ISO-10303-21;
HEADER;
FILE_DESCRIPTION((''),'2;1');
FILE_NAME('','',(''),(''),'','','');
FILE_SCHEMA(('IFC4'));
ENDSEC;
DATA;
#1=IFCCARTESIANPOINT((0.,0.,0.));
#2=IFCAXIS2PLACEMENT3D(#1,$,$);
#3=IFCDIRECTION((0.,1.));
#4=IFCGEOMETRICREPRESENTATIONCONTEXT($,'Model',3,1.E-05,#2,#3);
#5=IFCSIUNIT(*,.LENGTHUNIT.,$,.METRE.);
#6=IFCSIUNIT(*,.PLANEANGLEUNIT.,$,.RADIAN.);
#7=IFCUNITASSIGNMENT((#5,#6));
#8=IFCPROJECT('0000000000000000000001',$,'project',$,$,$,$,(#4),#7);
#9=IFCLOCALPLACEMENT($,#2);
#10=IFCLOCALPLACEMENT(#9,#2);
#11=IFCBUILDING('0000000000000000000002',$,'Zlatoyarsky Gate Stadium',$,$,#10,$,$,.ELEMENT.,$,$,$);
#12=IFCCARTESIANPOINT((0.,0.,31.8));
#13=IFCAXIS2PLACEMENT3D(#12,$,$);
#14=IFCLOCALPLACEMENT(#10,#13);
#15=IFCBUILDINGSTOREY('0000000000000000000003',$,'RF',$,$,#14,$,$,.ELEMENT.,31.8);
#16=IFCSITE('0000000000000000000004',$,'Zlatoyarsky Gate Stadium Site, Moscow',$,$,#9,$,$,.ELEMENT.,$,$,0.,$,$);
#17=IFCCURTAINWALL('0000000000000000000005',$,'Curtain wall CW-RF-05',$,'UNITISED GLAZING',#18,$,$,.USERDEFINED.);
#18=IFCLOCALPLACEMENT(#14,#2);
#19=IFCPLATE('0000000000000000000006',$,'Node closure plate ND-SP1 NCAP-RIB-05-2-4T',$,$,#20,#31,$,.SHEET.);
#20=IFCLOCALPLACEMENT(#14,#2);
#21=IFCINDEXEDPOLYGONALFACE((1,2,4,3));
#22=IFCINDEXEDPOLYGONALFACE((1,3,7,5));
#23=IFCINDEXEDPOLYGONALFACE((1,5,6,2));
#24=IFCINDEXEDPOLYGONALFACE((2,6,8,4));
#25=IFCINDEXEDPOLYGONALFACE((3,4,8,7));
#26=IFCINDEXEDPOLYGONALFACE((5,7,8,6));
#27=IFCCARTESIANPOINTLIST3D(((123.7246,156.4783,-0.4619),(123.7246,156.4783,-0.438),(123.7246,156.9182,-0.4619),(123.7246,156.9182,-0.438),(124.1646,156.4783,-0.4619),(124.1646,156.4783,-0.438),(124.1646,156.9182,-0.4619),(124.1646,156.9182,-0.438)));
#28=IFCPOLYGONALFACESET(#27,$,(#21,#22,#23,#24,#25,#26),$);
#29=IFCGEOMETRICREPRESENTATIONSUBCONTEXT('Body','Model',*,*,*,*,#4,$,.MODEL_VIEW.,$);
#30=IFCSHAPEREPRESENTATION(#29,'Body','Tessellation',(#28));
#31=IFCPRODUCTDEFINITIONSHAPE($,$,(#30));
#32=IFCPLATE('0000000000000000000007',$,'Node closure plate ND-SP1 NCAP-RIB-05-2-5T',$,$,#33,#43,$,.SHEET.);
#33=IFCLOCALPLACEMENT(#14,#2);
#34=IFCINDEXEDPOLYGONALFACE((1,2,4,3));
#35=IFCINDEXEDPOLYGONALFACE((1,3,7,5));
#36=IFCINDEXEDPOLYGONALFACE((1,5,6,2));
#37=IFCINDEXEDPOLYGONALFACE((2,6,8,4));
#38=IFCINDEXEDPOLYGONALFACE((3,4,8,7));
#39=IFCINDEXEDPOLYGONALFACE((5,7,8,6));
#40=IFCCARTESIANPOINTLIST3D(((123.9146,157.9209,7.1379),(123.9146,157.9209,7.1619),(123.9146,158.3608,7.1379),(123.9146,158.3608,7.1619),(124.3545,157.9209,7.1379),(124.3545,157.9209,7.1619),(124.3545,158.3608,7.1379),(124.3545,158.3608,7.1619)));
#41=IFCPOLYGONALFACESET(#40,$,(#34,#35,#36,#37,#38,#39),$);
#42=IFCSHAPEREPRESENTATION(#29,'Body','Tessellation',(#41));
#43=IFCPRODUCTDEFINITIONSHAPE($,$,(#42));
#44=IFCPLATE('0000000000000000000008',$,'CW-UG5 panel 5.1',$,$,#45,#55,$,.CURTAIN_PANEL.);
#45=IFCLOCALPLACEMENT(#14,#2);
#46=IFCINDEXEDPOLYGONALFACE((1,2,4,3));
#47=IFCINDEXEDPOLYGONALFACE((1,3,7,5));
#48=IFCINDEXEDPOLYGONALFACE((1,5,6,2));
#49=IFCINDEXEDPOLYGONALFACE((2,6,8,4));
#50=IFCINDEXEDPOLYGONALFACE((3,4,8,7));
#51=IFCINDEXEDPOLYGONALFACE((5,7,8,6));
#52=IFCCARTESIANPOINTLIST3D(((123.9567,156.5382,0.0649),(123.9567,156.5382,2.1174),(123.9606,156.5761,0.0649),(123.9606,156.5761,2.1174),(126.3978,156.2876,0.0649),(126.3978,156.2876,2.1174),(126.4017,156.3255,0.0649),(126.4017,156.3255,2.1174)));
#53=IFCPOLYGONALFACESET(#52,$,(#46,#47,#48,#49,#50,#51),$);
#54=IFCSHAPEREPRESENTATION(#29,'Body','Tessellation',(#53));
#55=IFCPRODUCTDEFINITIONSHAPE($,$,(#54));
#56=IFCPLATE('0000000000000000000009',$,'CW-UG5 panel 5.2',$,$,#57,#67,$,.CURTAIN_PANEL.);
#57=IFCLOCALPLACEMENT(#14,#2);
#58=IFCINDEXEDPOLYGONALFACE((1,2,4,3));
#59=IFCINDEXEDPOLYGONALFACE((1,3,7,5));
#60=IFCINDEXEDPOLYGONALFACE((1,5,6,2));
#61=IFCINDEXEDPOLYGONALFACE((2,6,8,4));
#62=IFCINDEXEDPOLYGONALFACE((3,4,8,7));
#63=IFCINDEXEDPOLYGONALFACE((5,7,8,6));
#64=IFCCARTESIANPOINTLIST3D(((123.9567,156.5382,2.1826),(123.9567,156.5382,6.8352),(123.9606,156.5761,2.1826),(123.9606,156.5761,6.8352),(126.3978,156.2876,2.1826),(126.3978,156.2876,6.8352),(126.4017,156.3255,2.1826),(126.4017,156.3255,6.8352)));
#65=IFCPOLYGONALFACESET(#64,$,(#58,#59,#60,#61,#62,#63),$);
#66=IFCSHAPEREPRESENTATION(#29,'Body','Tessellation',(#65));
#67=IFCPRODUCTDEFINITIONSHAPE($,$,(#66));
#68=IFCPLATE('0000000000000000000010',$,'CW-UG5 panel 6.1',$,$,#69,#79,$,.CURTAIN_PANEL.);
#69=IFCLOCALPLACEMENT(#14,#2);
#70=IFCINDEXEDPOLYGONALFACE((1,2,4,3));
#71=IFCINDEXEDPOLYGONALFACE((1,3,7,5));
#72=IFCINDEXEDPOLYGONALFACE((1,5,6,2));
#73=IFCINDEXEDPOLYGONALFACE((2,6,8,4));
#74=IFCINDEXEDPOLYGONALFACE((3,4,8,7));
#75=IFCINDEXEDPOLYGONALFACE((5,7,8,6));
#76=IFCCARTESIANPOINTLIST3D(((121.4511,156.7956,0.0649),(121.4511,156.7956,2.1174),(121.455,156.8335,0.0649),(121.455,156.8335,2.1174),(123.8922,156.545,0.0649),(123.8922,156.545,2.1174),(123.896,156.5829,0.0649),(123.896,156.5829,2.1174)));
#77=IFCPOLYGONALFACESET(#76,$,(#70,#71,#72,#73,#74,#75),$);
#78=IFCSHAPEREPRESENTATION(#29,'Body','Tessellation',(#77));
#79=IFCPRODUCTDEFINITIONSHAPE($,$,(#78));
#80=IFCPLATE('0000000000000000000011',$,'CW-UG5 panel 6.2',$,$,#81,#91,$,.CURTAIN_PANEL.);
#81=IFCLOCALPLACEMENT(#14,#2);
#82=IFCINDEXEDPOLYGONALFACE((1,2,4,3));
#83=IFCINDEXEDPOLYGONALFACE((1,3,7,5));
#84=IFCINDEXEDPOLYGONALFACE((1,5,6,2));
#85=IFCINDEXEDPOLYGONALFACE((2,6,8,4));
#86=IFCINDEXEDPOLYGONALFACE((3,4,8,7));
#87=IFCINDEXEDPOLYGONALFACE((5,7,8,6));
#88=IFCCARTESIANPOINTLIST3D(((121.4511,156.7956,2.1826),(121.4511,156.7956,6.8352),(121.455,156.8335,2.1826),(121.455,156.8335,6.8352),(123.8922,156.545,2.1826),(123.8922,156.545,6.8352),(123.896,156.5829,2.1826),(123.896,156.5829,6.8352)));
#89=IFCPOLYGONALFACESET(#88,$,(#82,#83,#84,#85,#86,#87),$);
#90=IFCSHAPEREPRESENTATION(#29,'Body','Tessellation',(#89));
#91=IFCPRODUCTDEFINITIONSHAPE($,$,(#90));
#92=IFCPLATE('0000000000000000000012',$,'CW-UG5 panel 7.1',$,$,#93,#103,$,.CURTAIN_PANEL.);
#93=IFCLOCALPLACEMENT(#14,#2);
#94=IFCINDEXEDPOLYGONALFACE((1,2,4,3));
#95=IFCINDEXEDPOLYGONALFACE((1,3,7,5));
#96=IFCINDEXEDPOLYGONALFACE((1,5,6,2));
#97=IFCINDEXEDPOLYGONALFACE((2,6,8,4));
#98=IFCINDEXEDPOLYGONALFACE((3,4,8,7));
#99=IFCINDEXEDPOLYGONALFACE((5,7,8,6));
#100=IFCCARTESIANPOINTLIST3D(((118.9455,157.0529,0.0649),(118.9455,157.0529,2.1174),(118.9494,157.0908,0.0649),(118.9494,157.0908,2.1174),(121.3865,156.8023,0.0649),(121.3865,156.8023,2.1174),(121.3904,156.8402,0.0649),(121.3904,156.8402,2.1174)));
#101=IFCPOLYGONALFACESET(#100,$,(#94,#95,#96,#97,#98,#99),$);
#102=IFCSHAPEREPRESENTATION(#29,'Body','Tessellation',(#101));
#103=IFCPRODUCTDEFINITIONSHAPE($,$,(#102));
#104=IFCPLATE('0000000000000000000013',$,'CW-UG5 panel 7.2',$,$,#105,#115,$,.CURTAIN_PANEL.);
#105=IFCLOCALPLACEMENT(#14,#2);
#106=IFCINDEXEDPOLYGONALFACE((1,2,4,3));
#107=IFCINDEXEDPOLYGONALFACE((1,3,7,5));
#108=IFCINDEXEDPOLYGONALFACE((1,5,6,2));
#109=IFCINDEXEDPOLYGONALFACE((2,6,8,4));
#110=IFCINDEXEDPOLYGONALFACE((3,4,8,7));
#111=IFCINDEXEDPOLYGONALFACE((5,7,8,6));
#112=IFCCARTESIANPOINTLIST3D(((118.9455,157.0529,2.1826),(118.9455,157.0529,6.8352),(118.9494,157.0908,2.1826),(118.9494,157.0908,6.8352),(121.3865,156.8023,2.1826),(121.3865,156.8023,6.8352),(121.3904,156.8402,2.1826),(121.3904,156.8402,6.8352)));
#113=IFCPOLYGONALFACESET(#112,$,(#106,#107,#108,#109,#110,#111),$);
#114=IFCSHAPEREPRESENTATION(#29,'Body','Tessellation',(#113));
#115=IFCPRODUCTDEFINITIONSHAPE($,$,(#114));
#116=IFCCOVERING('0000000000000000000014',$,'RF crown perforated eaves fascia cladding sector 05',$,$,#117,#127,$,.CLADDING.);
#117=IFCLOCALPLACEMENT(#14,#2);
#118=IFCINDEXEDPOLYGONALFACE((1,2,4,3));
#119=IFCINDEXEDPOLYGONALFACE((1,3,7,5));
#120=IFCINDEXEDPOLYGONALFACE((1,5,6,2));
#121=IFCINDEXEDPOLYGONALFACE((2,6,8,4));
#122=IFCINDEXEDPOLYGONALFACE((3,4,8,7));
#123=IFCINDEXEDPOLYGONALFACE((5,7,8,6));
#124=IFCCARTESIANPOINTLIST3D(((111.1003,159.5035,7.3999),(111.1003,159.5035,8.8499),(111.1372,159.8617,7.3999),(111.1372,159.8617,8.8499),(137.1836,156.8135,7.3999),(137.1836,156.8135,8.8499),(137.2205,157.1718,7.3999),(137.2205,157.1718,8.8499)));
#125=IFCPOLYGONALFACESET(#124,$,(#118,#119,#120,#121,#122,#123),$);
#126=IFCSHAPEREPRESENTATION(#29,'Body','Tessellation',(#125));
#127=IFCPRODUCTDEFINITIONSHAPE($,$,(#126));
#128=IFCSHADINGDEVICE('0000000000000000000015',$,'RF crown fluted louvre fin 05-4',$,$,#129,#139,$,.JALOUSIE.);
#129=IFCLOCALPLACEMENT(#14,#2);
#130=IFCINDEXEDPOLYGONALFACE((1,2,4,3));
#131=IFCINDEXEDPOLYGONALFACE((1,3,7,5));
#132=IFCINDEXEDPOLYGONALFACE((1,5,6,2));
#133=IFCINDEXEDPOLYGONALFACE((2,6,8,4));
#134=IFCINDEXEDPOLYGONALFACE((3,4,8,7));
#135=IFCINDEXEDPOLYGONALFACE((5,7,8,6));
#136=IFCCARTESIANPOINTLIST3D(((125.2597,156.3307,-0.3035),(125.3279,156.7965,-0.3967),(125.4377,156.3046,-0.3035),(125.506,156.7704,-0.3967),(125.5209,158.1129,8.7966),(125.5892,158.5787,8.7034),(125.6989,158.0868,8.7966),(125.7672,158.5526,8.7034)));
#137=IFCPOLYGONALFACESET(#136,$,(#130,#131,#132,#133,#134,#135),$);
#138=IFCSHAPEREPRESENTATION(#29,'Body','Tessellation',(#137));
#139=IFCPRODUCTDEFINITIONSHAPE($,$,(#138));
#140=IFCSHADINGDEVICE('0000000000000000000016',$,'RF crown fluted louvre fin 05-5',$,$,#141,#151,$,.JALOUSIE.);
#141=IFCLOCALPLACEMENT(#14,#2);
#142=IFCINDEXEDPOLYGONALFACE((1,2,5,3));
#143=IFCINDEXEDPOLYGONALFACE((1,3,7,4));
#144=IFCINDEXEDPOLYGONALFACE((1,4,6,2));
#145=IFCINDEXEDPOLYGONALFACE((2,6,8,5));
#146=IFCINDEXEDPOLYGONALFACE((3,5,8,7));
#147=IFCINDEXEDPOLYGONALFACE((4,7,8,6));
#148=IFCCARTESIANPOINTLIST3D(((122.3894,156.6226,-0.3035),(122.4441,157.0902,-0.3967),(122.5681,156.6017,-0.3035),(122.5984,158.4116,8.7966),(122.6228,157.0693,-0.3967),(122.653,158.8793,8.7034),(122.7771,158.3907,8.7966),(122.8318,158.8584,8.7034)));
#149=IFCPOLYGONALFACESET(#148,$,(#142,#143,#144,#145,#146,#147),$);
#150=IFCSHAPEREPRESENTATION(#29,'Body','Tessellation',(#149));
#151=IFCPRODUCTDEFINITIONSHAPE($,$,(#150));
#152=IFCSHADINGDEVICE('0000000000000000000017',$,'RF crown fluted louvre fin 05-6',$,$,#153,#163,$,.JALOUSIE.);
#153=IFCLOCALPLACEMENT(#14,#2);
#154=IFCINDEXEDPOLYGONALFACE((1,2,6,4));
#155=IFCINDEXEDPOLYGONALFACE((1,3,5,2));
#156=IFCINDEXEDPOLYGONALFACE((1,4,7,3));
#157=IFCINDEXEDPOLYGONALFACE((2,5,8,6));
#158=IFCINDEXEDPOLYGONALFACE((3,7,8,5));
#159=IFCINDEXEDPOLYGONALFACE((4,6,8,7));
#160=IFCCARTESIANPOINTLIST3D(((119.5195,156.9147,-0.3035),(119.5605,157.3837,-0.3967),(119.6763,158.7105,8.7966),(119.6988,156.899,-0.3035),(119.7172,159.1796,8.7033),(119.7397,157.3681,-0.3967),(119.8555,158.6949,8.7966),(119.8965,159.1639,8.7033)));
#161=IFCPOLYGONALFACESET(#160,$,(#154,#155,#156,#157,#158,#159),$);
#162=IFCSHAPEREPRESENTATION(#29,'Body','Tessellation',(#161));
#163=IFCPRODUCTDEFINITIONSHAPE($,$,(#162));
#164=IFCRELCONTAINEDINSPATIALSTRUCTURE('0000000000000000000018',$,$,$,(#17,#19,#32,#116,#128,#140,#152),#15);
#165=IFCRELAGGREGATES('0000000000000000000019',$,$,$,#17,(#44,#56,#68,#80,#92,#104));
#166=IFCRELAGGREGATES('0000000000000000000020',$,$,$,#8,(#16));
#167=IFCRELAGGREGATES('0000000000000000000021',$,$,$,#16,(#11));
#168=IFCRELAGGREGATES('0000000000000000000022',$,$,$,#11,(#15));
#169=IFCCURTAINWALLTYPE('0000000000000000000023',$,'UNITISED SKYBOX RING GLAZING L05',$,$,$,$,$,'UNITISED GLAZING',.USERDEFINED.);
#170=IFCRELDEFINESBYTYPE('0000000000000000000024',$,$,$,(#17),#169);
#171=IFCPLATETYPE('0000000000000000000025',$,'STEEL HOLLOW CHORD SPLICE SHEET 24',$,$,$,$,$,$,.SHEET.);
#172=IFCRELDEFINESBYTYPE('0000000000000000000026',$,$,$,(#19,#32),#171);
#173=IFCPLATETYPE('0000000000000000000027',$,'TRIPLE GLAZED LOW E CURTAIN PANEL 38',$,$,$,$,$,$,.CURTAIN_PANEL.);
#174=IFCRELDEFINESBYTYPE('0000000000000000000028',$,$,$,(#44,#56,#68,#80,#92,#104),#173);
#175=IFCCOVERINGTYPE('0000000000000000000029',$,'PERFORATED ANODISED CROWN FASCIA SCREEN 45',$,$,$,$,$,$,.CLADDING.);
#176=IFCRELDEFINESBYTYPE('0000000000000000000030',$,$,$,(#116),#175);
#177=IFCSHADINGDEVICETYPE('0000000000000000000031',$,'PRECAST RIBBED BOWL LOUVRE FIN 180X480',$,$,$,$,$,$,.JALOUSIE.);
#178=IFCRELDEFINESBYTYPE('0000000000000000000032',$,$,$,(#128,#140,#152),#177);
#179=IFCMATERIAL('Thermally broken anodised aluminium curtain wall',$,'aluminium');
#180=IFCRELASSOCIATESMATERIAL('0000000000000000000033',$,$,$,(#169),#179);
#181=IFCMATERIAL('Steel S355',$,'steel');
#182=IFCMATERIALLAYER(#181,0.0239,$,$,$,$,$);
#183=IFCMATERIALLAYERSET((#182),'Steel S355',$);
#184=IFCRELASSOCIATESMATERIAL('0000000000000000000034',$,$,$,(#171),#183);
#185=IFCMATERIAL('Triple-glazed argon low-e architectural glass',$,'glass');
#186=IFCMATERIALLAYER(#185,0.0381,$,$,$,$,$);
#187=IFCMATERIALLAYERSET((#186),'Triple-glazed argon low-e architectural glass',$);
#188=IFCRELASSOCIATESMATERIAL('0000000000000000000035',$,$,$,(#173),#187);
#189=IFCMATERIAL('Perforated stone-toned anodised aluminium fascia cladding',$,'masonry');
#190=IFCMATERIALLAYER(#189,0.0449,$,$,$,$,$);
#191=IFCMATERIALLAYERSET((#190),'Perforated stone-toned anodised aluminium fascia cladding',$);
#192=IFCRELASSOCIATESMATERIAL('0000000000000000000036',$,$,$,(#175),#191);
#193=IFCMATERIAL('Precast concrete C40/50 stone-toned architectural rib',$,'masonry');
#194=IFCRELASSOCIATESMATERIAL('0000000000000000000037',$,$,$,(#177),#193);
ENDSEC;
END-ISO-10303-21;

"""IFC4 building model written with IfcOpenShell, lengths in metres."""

from ifc_helpers import new_model, si_unit, direction, frame, origin, origin_2d, place, context, subcontext, project, spatial, rectangle, extrude, material, layer, layer_set, material_profile, profile_set, type_object, element, aggregate, save


model = new_model("IFC4")

# Units and contexts
model_context = context("Model", 3, precision=1e-05, world=origin(), true_north=direction((0.0, 1.0)))
body_context = subcontext(model_context, "Body", "Model", "MODEL_VIEW")
ifc_project = project(units=[si_unit("LENGTHUNIT", "METRE"), si_unit("PLANEANGLEUNIT", "RADIAN")], contexts=[model_context])

# Site, building, storey
site_placement = place(None, origin())
site = spatial("IfcSite", under=ifc_project, at=site_placement, Name="Zlatoyarsky Gate Stadium Site, Moscow", CompositionType="ELEMENT", RefElevation=0.0)
building_placement = place(site_placement, origin())
building = spatial("IfcBuilding", under=site, at=building_placement, Name="Zlatoyarsky Gate Stadium", CompositionType="ELEMENT")
storey_placement = place(building_placement, frame((0.0, 0.0, 31.8)))
storey = spatial("IfcBuildingStorey", under=building, at=storey_placement, Name="RF", CompositionType="ELEMENT", Elevation=31.8)

# Curtain wall
ifc_material_1 = material(Name="Thermally broken anodised aluminium curtain wall", Category="aluminium")
curtain_wall_type = type_object("IfcCurtainWallType", Name="UNITISED SKYBOX RING GLAZING L05", ElementType="UNITISED GLAZING", PredefinedType="USERDEFINED", material=ifc_material_1)
curtain_wall_placement = place(storey_placement, origin())
curtain_wall = element("IfcCurtainWall", 1, at=curtain_wall_placement, inside=storey, type_object=curtain_wall_type, Name="Curtain wall CW-RF-05", ObjectType="UNITISED GLAZING", PredefinedType="USERDEFINED")

# Shared definitions
ifc_material_2 = material(Name="Steel S355", Category="steel")

# Plates
ifc_layer_1 = layer(ifc_material_2, 0.0239)
ifc_layer_set_1 = layer_set([ifc_layer_1], Name="Steel S355")
plate_type_1 = type_object("IfcPlateType", Name="STEEL HOLLOW CHORD SPLICE SHEET 24", PredefinedType="SHEET", material=ifc_layer_set_1)
for number, where, z_axis, x_axis, name in (
    (2, (123.9446, 156.6982, -0.4619), (0.0, 0.0, 1.0), (1.0, 0.0, 0.0), "Node closure plate ND-SP1 NCAP-RIB-05-2-4T"),
    (3, (124.1345, 158.1409, 7.1379), (0.0, 0.0, 1.0), (1.0, 0.0, 0.0), "Node closure plate ND-SP1 NCAP-RIB-05-2-5T"),
):
    element("IfcPlate", number, at=place(storey_placement, frame(where, z_axis=z_axis, x_axis=x_axis)), inside=storey, type_object=plate_type_1, Name=name, PredefinedType="SHEET", context=body_context, shape_type="SweptSolid", body=[
        extrude(rectangle(XDim=0.4399, YDim=0.4399, at=origin_2d()), origin(), (0.0, 0.0, 1.0), 0.0239),
    ])

# Plates
ifc_material_3 = material(Name="Triple-glazed argon low-e architectural glass", Category="glass")
ifc_layer_2 = layer(ifc_material_3, 0.0381)
ifc_layer_set_2 = layer_set([ifc_layer_2], Name="Triple-glazed argon low-e architectural glass")
plate_type_2 = type_object("IfcPlateType", Name="TRIPLE GLAZED LOW E CURTAIN PANEL 38", PredefinedType="CURTAIN_PANEL", material=ifc_layer_set_2)
plate_1_placement = place(storey_placement, frame((125.1792, 156.4319, 0.0649), z_axis=(0.0, 0.0, 1.0), x_axis=(-0.994772, 0.102125, 0.0)))
plate_1 = element("IfcPlate", 4, at=plate_1_placement, type_object=plate_type_2, Name="CW-UG5 panel 5.1", PredefinedType="CURTAIN_PANEL", context=body_context, shape_type="SweptSolid", body=[
    extrude(rectangle(XDim=2.4539, YDim=0.0381, at=origin_2d()), origin(), (0.0, 0.0, 1.0), 2.0525),
])
plate_2_placement = place(storey_placement, frame((125.1792, 156.4319, 2.1826), z_axis=(0.0, 0.0, 1.0), x_axis=(-0.994772, 0.102125, 0.0)))
plate_2 = element("IfcPlate", 5, at=plate_2_placement, type_object=plate_type_2, Name="CW-UG5 panel 5.2", PredefinedType="CURTAIN_PANEL", context=body_context, shape_type="SweptSolid", body=[
    extrude(rectangle(XDim=2.4539, YDim=0.0381, at=origin_2d()), origin(), (0.0, 0.0, 1.0), 4.6526),
])
plate_3_placement = place(storey_placement, frame((122.6736, 156.6892, 0.0649), z_axis=(0.0, 0.0, 1.0), x_axis=(-0.994772, 0.102125, 0.0)))
plate_3 = element("IfcPlate", 6, at=plate_3_placement, type_object=plate_type_2, Name="CW-UG5 panel 6.1", PredefinedType="CURTAIN_PANEL", context=body_context, shape_type="SweptSolid", body=[
    extrude(rectangle(XDim=2.4539, YDim=0.0381, at=origin_2d()), origin(), (0.0, 0.0, 1.0), 2.0525),
])
plate_4_placement = place(storey_placement, frame((122.6736, 156.6892, 2.1826), z_axis=(0.0, 0.0, 1.0), x_axis=(-0.994772, 0.102125, 0.0)))
plate_4 = element("IfcPlate", 7, at=plate_4_placement, type_object=plate_type_2, Name="CW-UG5 panel 6.2", PredefinedType="CURTAIN_PANEL", context=body_context, shape_type="SweptSolid", body=[
    extrude(rectangle(XDim=2.4539, YDim=0.0381, at=origin_2d()), origin(), (0.0, 0.0, 1.0), 4.6526),
])
plate_5_placement = place(storey_placement, frame((120.168, 156.9465, 0.0649), z_axis=(0.0, 0.0, 1.0), x_axis=(-0.994772, 0.102125, 0.0)))
plate_5 = element("IfcPlate", 8, at=plate_5_placement, type_object=plate_type_2, Name="CW-UG5 panel 7.1", PredefinedType="CURTAIN_PANEL", context=body_context, shape_type="SweptSolid", body=[
    extrude(rectangle(XDim=2.4539, YDim=0.0381, at=origin_2d()), origin(), (0.0, 0.0, 1.0), 2.0525),
])
plate_6_placement = place(storey_placement, frame((120.168, 156.9465, 2.1826), z_axis=(0.0, 0.0, 1.0), x_axis=(-0.994772, 0.102125, 0.0)))
plate_6 = element("IfcPlate", 9, at=plate_6_placement, type_object=plate_type_2, Name="CW-UG5 panel 7.2", PredefinedType="CURTAIN_PANEL", context=body_context, shape_type="SweptSolid", body=[
    extrude(rectangle(XDim=2.4539, YDim=0.0381, at=origin_2d()), origin(), (0.0, 0.0, 1.0), 4.6526),
])
aggregate(curtain_wall, [plate_1, plate_2, plate_3, plate_4, plate_5, plate_6])

# Covering
ifc_material_4 = material(Name="Perforated stone-toned anodised aluminium fascia cladding", Category="masonry")
ifc_layer_3 = layer(ifc_material_4, 0.0449)
ifc_layer_set_3 = layer_set([ifc_layer_3], Name="Perforated stone-toned anodised aluminium fascia cladding")
covering_type = type_object("IfcCoveringType", Name="PERFORATED ANODISED CROWN FASCIA SCREEN 45", PredefinedType="CLADDING", material=ifc_layer_set_3)
covering_placement = place(storey_placement, frame((124.1604, 158.3376, 7.3999), z_axis=(0.0, 0.0, 1.0), x_axis=(-0.994724, 0.102587, 0.0)))
element("IfcCovering", 10, at=covering_placement, inside=storey, type_object=covering_type, Name="RF crown perforated eaves fascia cladding sector 05", PredefinedType="CLADDING", context=body_context, shape_type="SweptSolid", body=[
    extrude(rectangle(XDim=26.2217, YDim=0.3601, at=origin_2d()), origin(), (0.0, 0.0, 1.0), 1.45),
])

# Shading devices
ifc_material_5 = material(Name="Precast concrete C40/50 stone-toned architectural rib", Category="masonry")
ifc_material_profile_1 = material_profile(ifc_material_5, rectangle(XDim=0.1799, YDim=0.48, at=origin_2d()), Name="RIB 180X480")
ifc_profile_set_1 = profile_set([ifc_material_profile_1], Name="Precast concrete C40/50 stone-toned architectural rib")
shading_device_type = type_object("IfcShadingDeviceType", Name="PRECAST RIBBED BOWL LOUVRE FIN 180X480", PredefinedType="JALOUSIE", material=ifc_profile_set_1)
for number, where, z_axis, x_axis, name in (
    (11, (125.3828, 156.5505, -0.3501), (0.02816, 0.19212, 0.980967), (-0.989428, 0.145026, 0.0), "RF crown fluted louvre fin 05-4"),
    (12, (122.5061, 156.8459, -0.3501), (0.022528, 0.192857, 0.980968), (-0.993246, 0.116023, 0.0), "RF crown fluted louvre fin 05-5"),
):
    element("IfcShadingDevice", number, at=place(storey_placement, frame(where, z_axis=z_axis, x_axis=x_axis)), inside=storey, type_object=shading_device_type, Name=name, PredefinedType="JALOUSIE", context=body_context, shape_type="SweptSolid", body=[
        extrude(rectangle(XDim=0.1799, YDim=0.48, at=origin_2d()), origin(), (0.0, 0.0, 1.0), 9.2766),
    ])
shading_device_placement = place(storey_placement, frame((119.6296, 157.1414, -0.3501), z_axis=(0.016895, 0.193587, 0.980938), x_axis=(-0.996213, 0.086945, 0.0)))
element("IfcShadingDevice", 13, at=shading_device_placement, inside=storey, type_object=shading_device_type, Name="RF crown fluted louvre fin 05-6", PredefinedType="JALOUSIE", context=body_context, shape_type="SweptSolid", body=[
    extrude(rectangle(XDim=0.1799, YDim=0.48, at=origin_2d()), origin(), (0.0, 0.0, 1.0), 9.2769),
])

save(model, "model.ifc")
